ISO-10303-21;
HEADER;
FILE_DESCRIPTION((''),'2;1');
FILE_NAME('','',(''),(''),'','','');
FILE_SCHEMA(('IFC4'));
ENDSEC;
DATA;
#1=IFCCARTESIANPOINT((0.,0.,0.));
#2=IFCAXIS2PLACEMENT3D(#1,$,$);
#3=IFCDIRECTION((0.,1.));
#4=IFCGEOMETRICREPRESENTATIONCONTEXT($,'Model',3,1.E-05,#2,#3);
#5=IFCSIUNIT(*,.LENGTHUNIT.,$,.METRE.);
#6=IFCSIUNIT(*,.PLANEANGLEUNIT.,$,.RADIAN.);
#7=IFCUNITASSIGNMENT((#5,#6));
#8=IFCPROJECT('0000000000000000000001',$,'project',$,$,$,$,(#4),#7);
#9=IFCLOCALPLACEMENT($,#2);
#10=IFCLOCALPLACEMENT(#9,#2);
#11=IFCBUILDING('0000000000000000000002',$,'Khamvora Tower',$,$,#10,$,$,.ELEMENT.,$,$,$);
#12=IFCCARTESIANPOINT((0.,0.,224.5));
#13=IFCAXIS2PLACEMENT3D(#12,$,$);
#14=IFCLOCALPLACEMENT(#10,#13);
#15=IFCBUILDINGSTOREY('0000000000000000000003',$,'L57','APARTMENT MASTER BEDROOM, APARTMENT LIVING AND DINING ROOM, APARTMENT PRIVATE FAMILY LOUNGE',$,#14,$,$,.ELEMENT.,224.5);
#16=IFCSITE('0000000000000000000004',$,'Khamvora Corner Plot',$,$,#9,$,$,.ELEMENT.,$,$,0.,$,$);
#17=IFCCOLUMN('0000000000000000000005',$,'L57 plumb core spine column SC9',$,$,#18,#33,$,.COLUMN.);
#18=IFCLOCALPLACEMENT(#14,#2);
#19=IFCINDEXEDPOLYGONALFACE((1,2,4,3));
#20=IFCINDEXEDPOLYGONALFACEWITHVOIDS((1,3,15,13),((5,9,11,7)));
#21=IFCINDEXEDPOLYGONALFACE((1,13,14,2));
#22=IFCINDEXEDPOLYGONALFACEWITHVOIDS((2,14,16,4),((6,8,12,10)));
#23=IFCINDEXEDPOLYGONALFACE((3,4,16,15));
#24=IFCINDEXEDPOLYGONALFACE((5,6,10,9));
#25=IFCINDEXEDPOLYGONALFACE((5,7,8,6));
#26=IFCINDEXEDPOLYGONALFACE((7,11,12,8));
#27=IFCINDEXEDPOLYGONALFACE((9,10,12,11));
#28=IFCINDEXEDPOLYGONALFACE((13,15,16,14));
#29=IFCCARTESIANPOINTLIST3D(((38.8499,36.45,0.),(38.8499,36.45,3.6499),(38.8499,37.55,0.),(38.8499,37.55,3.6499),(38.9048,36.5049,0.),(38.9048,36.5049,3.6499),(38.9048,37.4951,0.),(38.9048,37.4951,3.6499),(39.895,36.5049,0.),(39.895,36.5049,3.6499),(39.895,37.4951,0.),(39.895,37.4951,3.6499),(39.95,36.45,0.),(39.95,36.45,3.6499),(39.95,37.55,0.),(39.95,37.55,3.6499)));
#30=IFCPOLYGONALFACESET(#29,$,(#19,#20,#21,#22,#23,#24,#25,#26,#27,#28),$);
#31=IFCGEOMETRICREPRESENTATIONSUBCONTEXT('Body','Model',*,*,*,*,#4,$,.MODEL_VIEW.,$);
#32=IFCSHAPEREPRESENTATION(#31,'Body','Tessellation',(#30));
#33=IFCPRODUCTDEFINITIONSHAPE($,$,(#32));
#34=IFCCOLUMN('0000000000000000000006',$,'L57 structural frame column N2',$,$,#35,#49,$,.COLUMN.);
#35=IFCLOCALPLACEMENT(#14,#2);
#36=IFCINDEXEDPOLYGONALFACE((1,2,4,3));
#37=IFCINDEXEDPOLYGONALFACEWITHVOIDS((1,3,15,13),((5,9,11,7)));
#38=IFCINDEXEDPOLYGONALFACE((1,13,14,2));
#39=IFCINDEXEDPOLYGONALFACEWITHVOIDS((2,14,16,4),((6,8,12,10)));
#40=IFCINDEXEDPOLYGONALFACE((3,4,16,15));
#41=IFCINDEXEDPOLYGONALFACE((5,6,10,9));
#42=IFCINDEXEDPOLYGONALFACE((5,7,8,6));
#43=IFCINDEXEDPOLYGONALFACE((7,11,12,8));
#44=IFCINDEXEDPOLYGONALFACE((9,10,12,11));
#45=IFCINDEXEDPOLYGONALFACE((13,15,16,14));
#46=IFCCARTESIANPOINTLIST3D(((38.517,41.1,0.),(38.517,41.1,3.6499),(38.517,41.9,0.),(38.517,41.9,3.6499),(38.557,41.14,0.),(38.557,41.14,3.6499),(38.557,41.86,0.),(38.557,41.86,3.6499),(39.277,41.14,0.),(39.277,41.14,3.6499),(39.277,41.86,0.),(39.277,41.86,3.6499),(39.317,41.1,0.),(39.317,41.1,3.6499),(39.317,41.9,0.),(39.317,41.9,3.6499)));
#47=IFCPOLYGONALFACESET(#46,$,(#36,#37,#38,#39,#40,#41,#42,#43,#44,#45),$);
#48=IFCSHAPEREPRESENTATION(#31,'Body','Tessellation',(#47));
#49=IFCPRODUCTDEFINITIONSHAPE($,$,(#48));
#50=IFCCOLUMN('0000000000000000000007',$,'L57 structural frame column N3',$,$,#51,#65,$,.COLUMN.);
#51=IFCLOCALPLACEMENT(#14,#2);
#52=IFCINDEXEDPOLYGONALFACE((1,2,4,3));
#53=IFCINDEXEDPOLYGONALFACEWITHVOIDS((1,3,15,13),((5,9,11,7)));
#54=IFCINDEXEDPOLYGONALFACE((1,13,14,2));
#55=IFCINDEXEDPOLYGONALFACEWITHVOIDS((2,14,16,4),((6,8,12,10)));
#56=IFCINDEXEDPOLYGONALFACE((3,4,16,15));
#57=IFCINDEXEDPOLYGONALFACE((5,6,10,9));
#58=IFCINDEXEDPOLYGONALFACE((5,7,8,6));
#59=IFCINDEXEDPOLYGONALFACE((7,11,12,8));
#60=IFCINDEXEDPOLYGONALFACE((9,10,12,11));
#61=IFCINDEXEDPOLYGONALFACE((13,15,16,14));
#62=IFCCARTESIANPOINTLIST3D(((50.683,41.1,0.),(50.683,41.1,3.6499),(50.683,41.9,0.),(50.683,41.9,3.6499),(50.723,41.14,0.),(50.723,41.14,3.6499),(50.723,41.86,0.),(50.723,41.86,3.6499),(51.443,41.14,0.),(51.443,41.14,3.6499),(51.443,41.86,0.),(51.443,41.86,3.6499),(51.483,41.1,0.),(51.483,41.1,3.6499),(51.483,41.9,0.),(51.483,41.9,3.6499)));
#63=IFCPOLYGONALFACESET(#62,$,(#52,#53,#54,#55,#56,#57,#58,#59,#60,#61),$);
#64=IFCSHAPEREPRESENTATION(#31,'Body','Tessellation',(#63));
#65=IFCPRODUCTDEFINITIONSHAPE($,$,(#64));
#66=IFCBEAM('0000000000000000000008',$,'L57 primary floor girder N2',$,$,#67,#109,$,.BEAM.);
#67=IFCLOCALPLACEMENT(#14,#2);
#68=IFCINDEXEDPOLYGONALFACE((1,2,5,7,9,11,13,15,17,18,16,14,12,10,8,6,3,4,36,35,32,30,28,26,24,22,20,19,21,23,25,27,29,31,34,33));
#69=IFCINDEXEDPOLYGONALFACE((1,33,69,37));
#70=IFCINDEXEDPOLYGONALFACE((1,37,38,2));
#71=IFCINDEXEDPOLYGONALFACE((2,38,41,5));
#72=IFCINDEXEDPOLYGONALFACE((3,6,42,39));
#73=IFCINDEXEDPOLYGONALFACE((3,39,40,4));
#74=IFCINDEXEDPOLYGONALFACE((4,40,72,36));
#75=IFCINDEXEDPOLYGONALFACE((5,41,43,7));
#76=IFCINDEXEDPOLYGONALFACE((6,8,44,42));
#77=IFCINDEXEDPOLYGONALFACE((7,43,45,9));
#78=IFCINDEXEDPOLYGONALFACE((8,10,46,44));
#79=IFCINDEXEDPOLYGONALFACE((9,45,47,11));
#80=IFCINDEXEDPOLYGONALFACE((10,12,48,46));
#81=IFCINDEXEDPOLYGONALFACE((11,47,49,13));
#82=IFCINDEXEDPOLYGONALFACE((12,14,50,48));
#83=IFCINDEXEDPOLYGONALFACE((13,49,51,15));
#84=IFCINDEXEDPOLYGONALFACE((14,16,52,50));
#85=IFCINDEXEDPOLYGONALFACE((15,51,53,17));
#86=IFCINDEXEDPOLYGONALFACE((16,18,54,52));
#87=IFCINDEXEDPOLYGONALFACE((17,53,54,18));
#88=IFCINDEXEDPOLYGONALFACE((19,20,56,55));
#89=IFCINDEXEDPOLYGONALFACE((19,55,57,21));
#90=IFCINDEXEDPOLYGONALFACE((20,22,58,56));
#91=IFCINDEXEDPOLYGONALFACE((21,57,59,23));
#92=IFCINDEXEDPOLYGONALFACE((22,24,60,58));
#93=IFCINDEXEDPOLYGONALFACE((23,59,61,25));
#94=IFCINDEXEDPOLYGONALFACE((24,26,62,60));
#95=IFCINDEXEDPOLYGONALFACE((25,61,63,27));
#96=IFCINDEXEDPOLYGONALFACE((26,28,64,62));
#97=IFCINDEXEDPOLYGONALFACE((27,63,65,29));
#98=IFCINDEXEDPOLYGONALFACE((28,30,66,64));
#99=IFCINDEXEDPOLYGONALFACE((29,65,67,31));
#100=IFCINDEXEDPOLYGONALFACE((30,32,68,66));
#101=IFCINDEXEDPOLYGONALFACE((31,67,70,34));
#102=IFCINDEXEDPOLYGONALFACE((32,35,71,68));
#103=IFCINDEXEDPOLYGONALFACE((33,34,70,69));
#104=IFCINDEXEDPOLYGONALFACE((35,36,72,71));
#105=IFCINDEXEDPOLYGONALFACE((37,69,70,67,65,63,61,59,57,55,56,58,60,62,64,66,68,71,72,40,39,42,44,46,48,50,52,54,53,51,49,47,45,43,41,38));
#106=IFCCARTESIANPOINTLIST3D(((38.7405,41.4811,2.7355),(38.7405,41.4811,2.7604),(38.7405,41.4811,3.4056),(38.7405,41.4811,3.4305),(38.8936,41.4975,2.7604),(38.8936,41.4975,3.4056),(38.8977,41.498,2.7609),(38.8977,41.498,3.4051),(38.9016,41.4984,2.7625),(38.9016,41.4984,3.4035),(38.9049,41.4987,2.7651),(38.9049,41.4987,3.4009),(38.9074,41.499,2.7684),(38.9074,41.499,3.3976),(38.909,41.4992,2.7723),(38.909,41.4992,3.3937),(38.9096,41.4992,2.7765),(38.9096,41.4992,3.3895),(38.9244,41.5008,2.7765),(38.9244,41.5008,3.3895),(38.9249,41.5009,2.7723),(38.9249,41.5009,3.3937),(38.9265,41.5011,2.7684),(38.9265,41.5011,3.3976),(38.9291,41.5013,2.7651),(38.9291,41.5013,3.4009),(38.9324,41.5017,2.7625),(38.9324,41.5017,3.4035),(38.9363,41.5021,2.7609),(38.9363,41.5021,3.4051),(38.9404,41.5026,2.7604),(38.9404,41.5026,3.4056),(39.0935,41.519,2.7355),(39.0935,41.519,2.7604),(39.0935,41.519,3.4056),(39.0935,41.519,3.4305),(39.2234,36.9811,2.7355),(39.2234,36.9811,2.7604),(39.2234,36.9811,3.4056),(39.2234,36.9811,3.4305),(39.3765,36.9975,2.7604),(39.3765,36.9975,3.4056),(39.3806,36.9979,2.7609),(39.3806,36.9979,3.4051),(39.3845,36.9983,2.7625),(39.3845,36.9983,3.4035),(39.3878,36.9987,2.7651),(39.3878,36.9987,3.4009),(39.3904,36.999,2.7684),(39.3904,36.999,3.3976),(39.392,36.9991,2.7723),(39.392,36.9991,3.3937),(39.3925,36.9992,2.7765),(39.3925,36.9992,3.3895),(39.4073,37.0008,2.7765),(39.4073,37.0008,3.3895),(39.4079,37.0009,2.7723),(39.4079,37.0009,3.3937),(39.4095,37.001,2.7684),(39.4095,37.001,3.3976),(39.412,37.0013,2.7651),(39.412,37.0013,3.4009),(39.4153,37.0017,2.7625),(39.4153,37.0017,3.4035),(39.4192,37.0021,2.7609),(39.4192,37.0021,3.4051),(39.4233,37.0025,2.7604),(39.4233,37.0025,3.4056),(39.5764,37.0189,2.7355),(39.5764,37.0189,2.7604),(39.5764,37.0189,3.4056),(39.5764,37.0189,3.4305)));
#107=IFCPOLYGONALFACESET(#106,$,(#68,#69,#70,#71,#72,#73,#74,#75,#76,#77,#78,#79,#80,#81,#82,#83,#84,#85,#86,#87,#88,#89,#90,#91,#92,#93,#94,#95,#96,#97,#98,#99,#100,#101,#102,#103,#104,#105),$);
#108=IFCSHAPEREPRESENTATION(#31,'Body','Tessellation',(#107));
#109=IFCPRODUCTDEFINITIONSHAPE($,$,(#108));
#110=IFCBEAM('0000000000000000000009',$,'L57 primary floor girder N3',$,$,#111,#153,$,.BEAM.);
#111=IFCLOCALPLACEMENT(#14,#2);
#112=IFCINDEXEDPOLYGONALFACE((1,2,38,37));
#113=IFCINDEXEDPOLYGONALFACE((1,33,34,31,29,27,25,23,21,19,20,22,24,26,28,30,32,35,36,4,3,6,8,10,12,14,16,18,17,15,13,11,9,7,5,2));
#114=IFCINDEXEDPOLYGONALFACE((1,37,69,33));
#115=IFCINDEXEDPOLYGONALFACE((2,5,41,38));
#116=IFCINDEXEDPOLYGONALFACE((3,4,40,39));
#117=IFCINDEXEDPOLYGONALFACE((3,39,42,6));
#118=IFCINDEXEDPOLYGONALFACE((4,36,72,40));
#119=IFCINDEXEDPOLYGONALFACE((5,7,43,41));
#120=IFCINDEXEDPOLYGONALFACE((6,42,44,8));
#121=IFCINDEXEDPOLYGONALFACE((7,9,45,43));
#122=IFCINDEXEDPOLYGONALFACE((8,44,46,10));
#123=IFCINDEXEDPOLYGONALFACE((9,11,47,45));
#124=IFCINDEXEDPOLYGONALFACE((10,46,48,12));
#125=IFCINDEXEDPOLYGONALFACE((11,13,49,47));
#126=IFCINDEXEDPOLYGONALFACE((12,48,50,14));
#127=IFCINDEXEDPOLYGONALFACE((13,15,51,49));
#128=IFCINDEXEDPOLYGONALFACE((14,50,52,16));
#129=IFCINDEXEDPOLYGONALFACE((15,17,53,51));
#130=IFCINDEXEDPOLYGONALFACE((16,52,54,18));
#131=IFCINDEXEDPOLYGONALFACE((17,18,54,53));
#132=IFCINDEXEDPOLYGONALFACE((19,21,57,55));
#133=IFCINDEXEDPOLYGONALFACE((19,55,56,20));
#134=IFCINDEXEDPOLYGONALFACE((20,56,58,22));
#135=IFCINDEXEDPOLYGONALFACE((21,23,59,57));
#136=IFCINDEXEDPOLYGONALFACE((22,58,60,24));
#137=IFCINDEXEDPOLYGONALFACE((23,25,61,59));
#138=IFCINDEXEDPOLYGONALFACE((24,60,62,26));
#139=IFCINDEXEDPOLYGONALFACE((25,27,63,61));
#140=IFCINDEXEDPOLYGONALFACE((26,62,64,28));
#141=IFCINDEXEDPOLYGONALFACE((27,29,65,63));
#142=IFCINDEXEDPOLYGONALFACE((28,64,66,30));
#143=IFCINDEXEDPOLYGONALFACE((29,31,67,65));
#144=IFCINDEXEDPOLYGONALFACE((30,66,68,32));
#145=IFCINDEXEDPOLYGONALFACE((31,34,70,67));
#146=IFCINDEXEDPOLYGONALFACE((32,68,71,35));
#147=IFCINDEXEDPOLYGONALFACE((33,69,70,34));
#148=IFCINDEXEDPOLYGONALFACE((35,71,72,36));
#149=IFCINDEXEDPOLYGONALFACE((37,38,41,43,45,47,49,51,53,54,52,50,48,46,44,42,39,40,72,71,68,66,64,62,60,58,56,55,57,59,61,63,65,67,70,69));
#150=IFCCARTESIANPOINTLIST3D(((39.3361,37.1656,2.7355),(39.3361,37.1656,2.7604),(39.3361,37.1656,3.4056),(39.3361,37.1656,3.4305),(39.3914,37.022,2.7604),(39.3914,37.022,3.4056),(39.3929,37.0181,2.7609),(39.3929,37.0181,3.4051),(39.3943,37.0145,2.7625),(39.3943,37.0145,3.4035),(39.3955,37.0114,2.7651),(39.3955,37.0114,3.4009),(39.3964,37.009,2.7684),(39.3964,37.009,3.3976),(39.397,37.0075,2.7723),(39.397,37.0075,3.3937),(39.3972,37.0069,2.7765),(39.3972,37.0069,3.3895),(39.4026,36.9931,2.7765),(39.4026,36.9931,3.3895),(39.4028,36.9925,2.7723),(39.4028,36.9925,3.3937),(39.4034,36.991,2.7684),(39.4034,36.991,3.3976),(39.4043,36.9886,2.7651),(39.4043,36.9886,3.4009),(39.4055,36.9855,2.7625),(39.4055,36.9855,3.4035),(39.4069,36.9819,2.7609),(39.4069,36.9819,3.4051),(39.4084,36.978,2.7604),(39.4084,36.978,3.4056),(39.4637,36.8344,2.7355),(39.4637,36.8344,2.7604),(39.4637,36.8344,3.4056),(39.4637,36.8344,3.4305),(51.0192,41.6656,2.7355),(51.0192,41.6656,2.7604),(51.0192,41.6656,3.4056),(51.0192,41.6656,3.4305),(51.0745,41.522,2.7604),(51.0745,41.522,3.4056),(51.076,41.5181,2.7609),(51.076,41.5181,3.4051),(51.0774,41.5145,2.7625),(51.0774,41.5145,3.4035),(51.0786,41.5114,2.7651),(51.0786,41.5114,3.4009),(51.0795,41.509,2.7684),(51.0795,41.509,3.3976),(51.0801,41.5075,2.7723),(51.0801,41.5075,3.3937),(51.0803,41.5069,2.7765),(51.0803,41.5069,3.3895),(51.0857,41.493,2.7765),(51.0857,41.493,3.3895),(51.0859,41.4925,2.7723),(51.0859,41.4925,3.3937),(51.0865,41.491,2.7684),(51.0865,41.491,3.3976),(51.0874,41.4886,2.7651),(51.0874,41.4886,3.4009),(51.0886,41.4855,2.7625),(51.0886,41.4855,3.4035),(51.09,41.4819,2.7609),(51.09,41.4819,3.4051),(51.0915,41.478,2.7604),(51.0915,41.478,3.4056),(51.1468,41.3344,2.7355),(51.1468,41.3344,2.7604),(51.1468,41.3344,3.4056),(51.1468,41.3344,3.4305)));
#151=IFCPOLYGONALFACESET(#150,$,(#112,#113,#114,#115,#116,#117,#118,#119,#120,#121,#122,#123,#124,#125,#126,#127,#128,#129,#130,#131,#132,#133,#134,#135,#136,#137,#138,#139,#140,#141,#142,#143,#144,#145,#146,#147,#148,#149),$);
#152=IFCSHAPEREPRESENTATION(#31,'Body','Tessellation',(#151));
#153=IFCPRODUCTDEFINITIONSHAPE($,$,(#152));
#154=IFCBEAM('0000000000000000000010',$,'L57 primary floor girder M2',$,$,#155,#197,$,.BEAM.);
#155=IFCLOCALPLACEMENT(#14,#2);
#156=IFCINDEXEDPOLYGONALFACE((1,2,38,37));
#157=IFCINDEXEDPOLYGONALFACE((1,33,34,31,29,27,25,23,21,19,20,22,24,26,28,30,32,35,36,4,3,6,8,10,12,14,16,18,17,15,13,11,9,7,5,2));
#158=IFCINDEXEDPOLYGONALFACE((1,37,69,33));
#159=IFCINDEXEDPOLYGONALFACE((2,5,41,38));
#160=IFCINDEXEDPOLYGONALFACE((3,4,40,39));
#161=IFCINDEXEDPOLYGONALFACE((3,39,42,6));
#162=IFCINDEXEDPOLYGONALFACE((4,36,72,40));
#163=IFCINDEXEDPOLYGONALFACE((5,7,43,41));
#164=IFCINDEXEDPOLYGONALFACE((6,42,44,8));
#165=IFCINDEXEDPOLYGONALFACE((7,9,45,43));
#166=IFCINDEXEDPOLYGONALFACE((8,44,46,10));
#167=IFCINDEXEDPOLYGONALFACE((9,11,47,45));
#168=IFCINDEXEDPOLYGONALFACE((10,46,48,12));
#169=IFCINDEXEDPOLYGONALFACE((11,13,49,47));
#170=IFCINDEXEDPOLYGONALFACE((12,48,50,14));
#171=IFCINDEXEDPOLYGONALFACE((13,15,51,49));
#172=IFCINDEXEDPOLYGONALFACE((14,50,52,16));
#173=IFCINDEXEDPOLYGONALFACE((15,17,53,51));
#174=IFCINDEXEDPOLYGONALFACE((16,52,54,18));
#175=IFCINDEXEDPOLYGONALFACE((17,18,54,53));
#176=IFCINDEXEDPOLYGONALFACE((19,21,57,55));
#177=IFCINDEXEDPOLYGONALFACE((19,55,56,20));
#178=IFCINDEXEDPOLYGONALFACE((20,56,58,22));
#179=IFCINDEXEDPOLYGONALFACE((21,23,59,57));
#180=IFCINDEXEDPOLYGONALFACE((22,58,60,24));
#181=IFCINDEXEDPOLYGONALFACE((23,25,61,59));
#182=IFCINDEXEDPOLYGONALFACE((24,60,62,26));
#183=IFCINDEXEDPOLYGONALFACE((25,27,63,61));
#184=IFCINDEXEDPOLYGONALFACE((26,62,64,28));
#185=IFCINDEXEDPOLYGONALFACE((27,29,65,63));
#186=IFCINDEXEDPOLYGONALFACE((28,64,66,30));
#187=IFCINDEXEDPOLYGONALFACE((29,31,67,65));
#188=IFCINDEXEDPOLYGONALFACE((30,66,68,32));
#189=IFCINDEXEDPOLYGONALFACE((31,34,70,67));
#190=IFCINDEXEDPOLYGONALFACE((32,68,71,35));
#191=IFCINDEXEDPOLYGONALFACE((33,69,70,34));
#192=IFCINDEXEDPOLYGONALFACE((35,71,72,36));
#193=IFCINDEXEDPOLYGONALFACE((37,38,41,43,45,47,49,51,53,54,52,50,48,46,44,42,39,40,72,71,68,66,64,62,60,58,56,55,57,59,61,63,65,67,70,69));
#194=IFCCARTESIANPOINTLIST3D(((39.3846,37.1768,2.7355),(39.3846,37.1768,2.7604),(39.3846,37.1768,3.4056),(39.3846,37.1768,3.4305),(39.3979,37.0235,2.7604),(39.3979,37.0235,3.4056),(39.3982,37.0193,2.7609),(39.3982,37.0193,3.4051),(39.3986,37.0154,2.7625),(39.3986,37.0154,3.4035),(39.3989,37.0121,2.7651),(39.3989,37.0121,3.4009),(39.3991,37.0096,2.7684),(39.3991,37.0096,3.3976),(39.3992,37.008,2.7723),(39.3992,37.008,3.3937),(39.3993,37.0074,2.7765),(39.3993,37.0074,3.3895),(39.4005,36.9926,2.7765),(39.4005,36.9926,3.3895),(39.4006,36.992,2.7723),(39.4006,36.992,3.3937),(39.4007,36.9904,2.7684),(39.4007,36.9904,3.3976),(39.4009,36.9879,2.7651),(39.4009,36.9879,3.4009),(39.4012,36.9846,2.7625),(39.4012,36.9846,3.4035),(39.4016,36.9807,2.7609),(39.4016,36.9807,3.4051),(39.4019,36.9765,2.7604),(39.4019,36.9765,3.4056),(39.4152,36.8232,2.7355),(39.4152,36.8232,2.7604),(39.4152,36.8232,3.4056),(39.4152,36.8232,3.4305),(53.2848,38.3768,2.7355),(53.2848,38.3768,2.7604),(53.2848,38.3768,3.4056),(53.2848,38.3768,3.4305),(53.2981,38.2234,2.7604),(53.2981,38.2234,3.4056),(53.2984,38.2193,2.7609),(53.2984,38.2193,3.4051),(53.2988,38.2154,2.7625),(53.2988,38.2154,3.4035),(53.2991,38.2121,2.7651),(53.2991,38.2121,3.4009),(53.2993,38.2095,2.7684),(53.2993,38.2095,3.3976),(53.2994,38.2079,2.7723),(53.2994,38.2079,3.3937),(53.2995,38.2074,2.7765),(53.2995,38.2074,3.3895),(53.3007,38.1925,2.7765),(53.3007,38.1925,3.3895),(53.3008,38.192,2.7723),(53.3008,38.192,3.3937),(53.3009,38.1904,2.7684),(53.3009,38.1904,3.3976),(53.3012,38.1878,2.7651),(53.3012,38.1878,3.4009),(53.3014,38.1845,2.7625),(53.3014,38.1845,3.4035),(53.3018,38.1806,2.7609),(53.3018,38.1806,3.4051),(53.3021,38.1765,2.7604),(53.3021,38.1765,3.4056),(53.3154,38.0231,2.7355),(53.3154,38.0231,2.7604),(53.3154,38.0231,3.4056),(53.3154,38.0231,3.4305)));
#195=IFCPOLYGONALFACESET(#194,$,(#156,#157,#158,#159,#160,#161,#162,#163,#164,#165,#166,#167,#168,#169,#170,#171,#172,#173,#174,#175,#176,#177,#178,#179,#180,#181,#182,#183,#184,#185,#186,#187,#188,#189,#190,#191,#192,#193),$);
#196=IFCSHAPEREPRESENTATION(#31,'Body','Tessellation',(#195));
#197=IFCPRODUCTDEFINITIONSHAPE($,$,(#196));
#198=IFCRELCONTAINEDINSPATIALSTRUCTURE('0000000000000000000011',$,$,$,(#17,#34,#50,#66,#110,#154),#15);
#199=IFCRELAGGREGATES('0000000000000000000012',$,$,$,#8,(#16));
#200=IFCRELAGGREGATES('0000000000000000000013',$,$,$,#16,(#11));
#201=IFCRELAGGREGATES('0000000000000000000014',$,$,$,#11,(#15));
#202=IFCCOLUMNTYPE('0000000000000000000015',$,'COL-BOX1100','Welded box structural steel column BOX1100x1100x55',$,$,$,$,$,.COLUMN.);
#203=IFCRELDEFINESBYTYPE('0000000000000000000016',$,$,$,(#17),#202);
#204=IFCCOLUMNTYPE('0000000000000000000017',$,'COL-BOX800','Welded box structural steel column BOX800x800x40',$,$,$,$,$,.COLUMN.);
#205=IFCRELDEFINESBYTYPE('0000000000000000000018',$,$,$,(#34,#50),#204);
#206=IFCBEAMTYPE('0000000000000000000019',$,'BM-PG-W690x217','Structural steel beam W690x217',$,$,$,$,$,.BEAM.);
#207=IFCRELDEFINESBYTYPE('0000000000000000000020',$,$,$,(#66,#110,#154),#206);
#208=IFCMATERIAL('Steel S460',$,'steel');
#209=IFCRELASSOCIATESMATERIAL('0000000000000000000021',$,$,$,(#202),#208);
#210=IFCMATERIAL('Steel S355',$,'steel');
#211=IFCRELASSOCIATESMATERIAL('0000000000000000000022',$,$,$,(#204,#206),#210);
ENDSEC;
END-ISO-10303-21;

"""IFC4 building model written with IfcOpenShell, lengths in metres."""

from ifc_helpers import new_model, si_unit, direction, frame, origin, origin_2d, place, context, subcontext, project, spatial, hollow_rectangle, i_section, extrude, material, material_profile, profile_set, type_object, element, save


model = new_model("IFC4")

# Units and contexts
model_context = context("Model", 3, precision=1e-05, world=origin(), true_north=direction((0.0, 1.0)))
body_context = subcontext(model_context, "Body", "Model", "MODEL_VIEW")
ifc_project = project(units=[si_unit("LENGTHUNIT", "METRE"), si_unit("PLANEANGLEUNIT", "RADIAN")], contexts=[model_context])

# Site, building, storey
site_placement = place(None, origin())
site = spatial("IfcSite", under=ifc_project, at=site_placement, Name="Khamvora Corner Plot", CompositionType="ELEMENT", RefElevation=0.0)
building_placement = place(site_placement, origin())
building = spatial("IfcBuilding", under=site, at=building_placement, Name="Khamvora Tower", CompositionType="ELEMENT")
storey_placement = place(building_placement, frame((0.0, 0.0, 224.5)))
storey = spatial("IfcBuildingStorey", under=building, at=storey_placement, Name="L57", Description="APARTMENT MASTER BEDROOM, APARTMENT LIVING AND DINING ROOM, APARTMENT PRIVATE FAMILY LOUNGE", CompositionType="ELEMENT", Elevation=224.5)

# Columns
ifc_material_1 = material(Name="Steel S460", Category="steel")
ifc_material_profile_1 = material_profile(ifc_material_1, hollow_rectangle(XDim=1.1001, YDim=1.1001, WallThickness=0.0549, at=origin_2d()), Name="BOX1100x1100x55")
ifc_profile_set_1 = profile_set([ifc_material_profile_1], Name="Steel S460")
column_type_1 = type_object("IfcColumnType", Name="COL-BOX1100", Description="Welded box structural steel column BOX1100x1100x55", PredefinedType="COLUMN", material=ifc_profile_set_1)
column_placement = place(storey_placement, frame((39.3999, 37.0, 0.0), z_axis=(0.0, 0.0, 1.0), x_axis=(1.0, 0.0, 0.0)))
element("IfcColumn", 1, at=column_placement, inside=storey, type_object=column_type_1, Name="L57 plumb core spine column SC9", PredefinedType="COLUMN", context=body_context, shape_type="SweptSolid", body=[
    extrude(hollow_rectangle(XDim=1.1001, YDim=1.1001, WallThickness=0.0549, at=origin_2d()), origin(), (0.0, 0.0, 1.0), 3.6499),
])
ifc_material_2 = material(Name="Steel S355", Category="steel")
ifc_material_profile_2 = material_profile(ifc_material_2, hollow_rectangle(XDim=0.8, YDim=0.8, WallThickness=0.04, at=origin_2d()), Name="BOX800x800x40")
ifc_profile_set_2 = profile_set([ifc_material_profile_2], Name="Steel S355")
column_type_2 = type_object("IfcColumnType", Name="COL-BOX800", Description="Welded box structural steel column BOX800x800x40", PredefinedType="COLUMN", material=ifc_profile_set_2)
for number, where, z_axis, x_axis, name in (
    (2, (38.917, 41.5, 0.0), (0.0, 0.0, 1.0), (1.0, 0.0, 0.0), "L57 structural frame column N2"),
    (3, (51.083, 41.5, 0.0), (0.0, 0.0, 1.0), (1.0, 0.0, 0.0), "L57 structural frame column N3"),
):
    element("IfcColumn", number, at=place(storey_placement, frame(where, z_axis=z_axis, x_axis=x_axis)), inside=storey, type_object=column_type_2, Name=name, PredefinedType="COLUMN", context=body_context, shape_type="SweptSolid", body=[
        extrude(hollow_rectangle(XDim=0.8, YDim=0.8, WallThickness=0.04, at=origin_2d()), origin(), (0.0, 0.0, 1.0), 3.6499),
    ])

# Beams
ifc_material_profile_3 = material_profile(ifc_material_2, i_section(OverallWidth=0.355, OverallDepth=0.6951, WebThickness=0.0149, FlangeThickness=0.0249, FilletRadius=0.0161, at=origin_2d()), Name="W690x217")
ifc_profile_set_3 = profile_set([ifc_material_profile_3], Name="Steel S355")
beam_type_1 = type_object("IfcBeamType", Name="BM-PG-W690x217", Description="Structural steel beam W690x217", PredefinedType="BEAM", material=ifc_profile_set_3)
beam_1_placement = place(storey_placement, frame((39.3999, 37.0, 3.083), z_axis=(-0.106701, 0.994291, 0.0), x_axis=(-0.994291, -0.106701, 0.0)))
element("IfcBeam", 4, at=beam_1_placement, inside=storey, type_object=beam_type_1, Name="L57 primary floor girder N2", PredefinedType="BEAM", context=body_context, shape_type="SweptSolid", body=[
    extrude(i_section(OverallWidth=0.355, OverallDepth=0.6951, WebThickness=0.0149, FlangeThickness=0.0249, FilletRadius=0.0161, at=origin_2d()), origin(), (0.0, 0.0, 1.0), 4.5259),
])
beam_2_placement = place(storey_placement, frame((39.3999, 37.0, 3.083), z_axis=(0.933172, 0.359431, 0.0), x_axis=(-0.359431, 0.933172, 0.0)))
element("IfcBeam", 5, at=beam_2_placement, inside=storey, type_object=beam_type_1, Name="L57 primary floor girder N3", PredefinedType="BEAM", context=body_context, shape_type="SweptSolid", body=[
    extrude(i_section(OverallWidth=0.355, OverallDepth=0.6951, WebThickness=0.0149, FlangeThickness=0.0249, FilletRadius=0.0161, at=origin_2d()), origin(), (0.0, 0.0, 1.0), 12.5198),
])
beam_3_placement = place(storey_placement, frame((39.3999, 37.0, 3.083), z_axis=(0.996295, 0.086007, 0.0), x_axis=(-0.086007, 0.996295, 0.0)))
element("IfcBeam", 6, at=beam_3_placement, inside=storey, type_object=beam_type_1, Name="L57 primary floor girder M2", PredefinedType="BEAM", context=body_context, shape_type="SweptSolid", body=[
    extrude(i_section(OverallWidth=0.355, OverallDepth=0.6951, WebThickness=0.0149, FlangeThickness=0.0249, FilletRadius=0.0161, at=origin_2d()), origin(), (0.0, 0.0, 1.0), 13.9519),
])

save(model, "model.ifc")
